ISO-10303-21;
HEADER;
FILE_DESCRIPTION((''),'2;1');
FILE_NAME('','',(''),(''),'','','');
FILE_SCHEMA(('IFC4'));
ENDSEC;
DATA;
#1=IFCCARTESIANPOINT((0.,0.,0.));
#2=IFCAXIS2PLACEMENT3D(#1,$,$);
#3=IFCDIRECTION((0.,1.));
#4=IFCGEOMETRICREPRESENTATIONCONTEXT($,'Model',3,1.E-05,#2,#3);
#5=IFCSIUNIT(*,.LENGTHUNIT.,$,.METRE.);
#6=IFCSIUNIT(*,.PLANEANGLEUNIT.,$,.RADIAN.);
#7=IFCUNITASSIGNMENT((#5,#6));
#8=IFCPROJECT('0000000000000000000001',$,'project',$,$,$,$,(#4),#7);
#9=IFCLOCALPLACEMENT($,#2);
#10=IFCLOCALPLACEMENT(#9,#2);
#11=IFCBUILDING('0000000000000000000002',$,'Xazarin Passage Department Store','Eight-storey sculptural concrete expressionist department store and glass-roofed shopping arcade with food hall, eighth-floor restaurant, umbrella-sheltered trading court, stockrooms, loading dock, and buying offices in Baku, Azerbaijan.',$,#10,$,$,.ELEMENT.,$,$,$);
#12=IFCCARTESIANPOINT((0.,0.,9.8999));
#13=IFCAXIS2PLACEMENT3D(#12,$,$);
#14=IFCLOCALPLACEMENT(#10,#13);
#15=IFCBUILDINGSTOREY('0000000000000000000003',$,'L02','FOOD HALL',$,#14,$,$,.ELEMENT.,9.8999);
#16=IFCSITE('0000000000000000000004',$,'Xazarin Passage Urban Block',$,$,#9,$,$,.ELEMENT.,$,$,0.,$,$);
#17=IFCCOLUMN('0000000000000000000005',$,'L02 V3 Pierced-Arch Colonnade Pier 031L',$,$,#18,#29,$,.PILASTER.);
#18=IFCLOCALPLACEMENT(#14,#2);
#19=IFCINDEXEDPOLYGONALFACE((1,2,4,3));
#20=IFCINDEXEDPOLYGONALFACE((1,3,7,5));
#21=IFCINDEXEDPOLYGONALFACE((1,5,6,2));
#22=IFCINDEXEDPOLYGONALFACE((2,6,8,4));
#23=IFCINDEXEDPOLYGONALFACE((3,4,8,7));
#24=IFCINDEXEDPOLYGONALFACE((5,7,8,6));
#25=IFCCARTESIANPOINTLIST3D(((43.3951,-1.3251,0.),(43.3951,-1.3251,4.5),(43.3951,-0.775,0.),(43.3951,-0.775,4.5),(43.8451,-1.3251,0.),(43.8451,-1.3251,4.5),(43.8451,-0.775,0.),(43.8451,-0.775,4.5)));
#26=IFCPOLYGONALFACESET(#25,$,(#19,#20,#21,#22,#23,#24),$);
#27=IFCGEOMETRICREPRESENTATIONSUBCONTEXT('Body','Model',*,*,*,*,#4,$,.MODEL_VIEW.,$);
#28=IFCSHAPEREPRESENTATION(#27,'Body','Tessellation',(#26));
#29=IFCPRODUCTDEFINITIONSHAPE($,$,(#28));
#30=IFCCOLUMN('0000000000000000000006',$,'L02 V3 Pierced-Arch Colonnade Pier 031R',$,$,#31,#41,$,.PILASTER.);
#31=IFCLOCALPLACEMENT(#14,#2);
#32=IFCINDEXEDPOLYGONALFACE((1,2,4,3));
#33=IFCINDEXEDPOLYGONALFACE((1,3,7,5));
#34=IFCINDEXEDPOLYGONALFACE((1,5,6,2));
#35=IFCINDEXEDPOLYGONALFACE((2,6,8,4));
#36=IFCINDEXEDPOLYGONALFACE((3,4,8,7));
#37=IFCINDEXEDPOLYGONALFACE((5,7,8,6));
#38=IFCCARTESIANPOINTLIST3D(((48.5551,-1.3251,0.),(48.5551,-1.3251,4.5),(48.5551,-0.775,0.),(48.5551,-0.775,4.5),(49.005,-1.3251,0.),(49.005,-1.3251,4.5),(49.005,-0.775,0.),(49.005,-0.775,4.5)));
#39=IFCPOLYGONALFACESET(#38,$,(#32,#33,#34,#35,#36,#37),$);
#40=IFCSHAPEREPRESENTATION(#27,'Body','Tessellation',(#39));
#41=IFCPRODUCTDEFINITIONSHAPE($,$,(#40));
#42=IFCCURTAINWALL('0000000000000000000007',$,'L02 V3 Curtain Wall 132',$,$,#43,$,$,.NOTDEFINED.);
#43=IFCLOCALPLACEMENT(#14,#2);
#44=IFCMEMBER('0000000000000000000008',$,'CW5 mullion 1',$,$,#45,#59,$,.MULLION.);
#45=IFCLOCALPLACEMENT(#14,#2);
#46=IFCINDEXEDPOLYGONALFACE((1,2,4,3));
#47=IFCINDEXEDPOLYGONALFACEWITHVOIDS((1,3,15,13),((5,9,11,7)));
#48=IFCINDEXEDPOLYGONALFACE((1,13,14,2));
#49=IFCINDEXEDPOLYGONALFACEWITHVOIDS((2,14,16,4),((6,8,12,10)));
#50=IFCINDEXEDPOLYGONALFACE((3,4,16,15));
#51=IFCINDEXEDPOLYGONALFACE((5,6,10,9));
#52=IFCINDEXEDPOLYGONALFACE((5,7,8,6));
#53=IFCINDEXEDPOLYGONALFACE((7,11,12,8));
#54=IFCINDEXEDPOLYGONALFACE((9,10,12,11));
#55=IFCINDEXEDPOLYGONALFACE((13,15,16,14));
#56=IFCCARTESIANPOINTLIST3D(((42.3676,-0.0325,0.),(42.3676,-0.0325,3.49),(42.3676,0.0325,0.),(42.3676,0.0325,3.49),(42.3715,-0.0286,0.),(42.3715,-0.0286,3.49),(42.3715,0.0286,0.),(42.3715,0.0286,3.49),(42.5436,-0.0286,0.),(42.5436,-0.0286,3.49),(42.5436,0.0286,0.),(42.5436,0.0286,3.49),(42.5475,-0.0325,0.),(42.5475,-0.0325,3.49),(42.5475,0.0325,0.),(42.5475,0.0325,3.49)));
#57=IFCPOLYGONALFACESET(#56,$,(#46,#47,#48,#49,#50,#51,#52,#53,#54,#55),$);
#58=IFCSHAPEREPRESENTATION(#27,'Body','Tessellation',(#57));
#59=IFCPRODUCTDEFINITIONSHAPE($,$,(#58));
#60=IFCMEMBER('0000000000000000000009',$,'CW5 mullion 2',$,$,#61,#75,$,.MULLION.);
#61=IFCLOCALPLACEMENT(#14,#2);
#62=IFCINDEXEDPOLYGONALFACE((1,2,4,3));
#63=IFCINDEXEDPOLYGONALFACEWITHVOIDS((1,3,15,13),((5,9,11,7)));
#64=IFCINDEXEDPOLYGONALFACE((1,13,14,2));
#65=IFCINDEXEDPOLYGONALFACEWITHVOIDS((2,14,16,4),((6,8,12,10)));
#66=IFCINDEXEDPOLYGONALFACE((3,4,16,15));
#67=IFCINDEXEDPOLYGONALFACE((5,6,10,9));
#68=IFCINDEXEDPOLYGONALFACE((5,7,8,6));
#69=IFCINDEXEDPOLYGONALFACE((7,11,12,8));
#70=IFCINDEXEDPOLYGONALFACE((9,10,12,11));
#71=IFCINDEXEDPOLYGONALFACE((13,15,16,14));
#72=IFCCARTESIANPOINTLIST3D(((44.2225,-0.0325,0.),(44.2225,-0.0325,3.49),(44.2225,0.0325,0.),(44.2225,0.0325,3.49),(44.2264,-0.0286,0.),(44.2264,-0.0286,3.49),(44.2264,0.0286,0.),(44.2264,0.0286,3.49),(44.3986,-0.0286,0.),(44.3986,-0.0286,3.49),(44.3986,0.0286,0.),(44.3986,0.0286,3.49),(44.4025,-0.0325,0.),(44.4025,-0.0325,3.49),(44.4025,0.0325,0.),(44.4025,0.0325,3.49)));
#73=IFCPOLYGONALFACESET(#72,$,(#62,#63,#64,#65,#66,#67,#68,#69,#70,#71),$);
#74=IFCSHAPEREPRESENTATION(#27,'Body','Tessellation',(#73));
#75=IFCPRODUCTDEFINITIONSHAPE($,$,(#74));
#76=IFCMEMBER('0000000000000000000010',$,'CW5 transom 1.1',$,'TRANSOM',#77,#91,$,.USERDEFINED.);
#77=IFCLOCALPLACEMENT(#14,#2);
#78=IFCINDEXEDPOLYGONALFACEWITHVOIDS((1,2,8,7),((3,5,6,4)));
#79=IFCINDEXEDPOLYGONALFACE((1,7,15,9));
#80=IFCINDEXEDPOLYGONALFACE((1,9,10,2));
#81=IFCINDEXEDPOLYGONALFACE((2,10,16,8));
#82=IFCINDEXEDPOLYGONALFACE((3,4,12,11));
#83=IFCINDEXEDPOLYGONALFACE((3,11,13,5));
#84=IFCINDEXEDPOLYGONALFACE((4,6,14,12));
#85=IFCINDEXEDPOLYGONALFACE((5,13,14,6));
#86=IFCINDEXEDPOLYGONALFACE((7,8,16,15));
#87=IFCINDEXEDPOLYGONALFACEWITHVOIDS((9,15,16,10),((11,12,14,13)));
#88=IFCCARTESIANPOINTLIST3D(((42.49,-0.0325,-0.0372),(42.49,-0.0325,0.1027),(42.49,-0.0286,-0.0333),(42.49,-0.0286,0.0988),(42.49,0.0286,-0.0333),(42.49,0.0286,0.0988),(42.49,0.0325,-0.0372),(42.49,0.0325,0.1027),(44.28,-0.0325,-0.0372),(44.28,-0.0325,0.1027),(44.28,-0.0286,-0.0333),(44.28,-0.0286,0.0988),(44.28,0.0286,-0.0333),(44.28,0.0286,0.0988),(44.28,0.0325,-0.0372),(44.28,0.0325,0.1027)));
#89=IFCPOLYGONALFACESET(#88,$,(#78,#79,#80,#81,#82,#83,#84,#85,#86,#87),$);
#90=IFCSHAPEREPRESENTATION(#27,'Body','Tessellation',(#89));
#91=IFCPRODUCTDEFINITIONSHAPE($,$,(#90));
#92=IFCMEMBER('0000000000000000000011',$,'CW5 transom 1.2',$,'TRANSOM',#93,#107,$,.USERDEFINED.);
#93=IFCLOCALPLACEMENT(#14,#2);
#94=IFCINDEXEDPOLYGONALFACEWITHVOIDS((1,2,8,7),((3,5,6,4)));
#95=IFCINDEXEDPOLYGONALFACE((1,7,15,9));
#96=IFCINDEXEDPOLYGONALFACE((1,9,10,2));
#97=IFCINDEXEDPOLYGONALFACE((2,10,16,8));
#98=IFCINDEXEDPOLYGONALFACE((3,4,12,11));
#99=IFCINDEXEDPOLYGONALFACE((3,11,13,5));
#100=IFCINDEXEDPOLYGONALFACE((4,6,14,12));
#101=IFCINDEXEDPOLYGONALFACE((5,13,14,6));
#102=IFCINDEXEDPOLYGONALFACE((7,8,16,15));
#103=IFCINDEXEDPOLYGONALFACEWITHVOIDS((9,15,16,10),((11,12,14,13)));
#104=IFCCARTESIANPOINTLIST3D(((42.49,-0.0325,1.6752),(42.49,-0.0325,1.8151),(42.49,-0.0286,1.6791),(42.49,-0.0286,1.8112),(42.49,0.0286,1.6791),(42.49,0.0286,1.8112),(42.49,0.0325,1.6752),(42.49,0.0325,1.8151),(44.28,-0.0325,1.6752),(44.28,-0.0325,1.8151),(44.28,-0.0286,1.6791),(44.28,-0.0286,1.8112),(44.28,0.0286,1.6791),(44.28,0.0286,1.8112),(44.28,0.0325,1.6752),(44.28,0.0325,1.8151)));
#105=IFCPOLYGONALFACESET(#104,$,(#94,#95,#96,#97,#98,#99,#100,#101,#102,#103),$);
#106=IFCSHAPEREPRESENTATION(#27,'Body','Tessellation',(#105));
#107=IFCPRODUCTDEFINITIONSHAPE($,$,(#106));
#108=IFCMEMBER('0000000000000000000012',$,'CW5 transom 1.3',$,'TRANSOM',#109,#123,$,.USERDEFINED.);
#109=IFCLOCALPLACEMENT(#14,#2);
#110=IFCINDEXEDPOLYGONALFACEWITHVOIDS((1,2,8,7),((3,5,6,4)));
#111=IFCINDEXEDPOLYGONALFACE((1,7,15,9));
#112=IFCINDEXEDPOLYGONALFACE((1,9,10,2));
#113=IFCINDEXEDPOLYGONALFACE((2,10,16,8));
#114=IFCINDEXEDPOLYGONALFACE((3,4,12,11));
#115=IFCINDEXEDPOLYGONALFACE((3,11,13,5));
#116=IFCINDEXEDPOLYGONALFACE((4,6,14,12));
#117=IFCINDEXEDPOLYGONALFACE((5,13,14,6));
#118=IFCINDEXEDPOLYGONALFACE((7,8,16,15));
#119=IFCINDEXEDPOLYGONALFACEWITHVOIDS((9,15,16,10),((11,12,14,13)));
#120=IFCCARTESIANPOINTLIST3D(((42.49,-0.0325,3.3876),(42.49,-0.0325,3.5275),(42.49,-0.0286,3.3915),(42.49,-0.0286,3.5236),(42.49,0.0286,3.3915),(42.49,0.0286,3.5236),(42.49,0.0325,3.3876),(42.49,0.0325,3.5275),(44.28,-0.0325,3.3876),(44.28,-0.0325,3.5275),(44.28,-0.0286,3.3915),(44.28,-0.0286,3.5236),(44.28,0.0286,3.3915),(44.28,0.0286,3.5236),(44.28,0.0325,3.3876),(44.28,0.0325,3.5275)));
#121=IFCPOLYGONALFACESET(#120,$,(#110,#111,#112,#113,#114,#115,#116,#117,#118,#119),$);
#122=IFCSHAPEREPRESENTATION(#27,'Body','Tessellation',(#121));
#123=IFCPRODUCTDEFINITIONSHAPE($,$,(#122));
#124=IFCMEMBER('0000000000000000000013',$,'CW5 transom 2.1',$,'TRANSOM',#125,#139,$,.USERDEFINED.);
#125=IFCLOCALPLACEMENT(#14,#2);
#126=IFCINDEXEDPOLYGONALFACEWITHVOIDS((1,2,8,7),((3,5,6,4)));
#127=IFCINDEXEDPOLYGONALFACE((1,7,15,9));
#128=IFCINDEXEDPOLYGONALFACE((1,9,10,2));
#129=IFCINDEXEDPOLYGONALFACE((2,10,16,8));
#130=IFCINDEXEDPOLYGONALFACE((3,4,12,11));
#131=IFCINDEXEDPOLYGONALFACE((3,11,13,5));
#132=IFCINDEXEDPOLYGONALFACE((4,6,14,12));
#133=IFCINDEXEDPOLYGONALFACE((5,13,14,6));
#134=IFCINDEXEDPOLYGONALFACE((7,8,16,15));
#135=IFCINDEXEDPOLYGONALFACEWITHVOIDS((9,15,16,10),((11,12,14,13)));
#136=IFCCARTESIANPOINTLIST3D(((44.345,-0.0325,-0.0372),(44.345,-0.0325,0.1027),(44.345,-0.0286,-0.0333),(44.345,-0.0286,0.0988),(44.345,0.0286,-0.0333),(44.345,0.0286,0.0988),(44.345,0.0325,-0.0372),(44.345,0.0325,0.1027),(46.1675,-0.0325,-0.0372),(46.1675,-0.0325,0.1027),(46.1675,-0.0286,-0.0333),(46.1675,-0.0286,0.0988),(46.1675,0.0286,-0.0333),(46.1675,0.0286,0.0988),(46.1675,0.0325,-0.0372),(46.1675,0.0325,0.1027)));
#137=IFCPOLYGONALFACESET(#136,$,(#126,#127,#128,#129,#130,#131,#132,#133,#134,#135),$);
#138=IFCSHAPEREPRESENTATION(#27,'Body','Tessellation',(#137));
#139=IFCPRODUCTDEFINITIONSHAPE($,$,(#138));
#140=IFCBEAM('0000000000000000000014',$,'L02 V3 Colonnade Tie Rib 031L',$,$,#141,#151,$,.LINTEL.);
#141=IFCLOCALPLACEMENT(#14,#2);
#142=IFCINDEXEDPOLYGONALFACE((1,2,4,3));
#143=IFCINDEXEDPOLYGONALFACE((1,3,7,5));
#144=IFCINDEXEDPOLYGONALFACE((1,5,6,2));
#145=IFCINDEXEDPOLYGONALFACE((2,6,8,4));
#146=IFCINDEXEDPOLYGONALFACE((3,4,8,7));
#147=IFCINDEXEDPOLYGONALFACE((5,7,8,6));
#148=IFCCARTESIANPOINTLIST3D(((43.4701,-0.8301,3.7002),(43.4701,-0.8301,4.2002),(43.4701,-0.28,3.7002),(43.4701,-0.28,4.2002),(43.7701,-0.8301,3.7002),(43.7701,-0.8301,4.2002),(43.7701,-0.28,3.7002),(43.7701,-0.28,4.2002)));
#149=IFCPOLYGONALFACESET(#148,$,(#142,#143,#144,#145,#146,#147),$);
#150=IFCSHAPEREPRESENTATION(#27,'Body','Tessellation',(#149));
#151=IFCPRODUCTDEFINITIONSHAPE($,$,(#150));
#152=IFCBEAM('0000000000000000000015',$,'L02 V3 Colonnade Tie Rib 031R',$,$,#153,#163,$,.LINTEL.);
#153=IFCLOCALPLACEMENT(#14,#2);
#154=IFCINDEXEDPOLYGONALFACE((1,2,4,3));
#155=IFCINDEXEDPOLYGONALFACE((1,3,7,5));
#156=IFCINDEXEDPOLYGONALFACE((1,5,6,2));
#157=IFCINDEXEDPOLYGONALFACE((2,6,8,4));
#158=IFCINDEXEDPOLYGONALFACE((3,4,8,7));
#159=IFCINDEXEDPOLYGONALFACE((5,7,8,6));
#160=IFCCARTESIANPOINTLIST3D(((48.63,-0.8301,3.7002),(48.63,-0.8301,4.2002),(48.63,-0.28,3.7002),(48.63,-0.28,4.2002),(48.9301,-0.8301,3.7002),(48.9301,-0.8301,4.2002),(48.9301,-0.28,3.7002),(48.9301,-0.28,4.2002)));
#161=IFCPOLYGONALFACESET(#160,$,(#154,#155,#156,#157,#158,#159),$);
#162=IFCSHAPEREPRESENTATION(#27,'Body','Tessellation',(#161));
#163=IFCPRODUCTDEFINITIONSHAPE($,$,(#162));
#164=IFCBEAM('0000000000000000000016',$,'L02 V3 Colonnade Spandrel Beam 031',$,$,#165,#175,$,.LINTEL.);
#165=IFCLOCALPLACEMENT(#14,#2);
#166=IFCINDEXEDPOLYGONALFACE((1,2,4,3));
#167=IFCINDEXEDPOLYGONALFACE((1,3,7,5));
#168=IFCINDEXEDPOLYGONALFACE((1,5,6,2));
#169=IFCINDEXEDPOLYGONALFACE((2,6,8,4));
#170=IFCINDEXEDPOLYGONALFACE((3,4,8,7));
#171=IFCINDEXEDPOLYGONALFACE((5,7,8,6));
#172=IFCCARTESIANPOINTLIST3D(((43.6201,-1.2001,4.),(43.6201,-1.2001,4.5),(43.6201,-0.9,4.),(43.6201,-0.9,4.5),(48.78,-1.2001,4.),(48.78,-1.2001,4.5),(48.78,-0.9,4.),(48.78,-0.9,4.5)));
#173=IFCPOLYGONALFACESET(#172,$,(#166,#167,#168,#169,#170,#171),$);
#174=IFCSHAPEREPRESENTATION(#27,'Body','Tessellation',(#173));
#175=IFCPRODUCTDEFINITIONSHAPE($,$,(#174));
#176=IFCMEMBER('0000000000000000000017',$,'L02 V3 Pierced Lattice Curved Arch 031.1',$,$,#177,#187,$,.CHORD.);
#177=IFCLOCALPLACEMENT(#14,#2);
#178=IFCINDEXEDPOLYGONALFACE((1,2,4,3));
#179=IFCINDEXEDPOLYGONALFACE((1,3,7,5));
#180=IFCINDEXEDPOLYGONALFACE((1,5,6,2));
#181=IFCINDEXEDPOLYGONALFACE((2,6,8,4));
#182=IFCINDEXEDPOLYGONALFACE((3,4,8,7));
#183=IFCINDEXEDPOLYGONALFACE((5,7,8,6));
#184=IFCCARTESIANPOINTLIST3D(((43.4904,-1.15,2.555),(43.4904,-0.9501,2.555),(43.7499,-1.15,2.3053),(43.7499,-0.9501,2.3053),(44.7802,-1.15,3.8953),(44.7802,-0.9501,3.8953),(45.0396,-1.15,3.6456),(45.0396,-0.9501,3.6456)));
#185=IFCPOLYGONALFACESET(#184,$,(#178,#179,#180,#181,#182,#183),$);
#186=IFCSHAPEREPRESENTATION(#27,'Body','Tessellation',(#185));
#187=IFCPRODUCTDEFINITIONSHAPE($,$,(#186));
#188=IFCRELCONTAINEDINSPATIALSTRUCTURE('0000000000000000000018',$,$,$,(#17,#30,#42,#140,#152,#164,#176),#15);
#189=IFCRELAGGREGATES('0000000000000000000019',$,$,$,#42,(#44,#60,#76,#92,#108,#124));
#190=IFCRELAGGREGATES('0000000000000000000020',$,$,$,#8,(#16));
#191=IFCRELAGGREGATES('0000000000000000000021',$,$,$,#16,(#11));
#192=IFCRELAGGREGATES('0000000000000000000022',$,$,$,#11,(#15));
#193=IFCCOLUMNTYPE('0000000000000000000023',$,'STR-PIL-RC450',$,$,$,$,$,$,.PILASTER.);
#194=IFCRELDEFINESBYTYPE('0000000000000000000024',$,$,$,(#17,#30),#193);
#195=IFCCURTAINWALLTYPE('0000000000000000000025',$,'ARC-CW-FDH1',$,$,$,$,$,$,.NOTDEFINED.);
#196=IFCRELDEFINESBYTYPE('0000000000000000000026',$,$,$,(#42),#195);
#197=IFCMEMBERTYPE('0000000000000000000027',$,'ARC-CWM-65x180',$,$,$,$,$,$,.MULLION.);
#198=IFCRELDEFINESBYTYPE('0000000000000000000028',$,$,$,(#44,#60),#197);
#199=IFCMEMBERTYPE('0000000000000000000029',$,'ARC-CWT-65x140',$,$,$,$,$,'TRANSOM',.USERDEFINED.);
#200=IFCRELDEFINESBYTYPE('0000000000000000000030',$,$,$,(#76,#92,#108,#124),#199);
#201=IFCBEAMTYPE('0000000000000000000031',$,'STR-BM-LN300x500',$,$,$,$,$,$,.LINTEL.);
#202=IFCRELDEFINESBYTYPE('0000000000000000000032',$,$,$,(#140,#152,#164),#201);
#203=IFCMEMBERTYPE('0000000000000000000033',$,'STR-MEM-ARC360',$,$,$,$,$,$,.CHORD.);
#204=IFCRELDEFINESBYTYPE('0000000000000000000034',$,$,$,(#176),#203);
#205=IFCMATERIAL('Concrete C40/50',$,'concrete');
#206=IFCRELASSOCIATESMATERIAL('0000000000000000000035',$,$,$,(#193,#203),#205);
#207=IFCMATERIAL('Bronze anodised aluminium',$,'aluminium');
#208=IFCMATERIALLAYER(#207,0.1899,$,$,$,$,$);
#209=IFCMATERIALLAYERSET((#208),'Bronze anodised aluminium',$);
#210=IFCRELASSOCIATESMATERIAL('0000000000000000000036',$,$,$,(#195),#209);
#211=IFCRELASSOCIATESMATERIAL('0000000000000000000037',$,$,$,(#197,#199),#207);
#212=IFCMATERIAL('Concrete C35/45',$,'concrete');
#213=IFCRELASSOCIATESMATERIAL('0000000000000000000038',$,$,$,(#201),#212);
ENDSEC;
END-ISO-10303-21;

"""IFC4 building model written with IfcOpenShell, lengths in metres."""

from ifc_helpers import new_model, si_unit, direction, frame, origin, origin_2d, place, context, subcontext, project, spatial, rectangle, hollow_rectangle, extrude, material, layer, layer_set, material_profile, profile_set, type_object, element, aggregate, save


model = new_model("IFC4")

# Units and contexts
model_context = context("Model", 3, precision=1e-05, world=origin(), true_north=direction((0.0, 1.0)))
body_context = subcontext(model_context, "Body", "Model", "MODEL_VIEW")
ifc_project = project(units=[si_unit("LENGTHUNIT", "METRE"), si_unit("PLANEANGLEUNIT", "RADIAN")], contexts=[model_context])

# Site, building, storey
site_placement = place(None, origin())
site = spatial("IfcSite", under=ifc_project, at=site_placement, Name="Xazarin Passage Urban Block", CompositionType="ELEMENT", RefElevation=0.0)
building_placement = place(site_placement, origin())
building = spatial("IfcBuilding", under=site, at=building_placement, Name="Xazarin Passage Department Store", Description="Eight-storey sculptural concrete expressionist department store and glass-roofed shopping arcade with food hall, eighth-floor restaurant, umbrella-sheltered trading court, stockrooms, loading dock, and buying offices in Baku, Azerbaijan.", CompositionType="ELEMENT")
storey_placement = place(building_placement, frame((0.0, 0.0, 9.8999)))
storey = spatial("IfcBuildingStorey", under=building, at=storey_placement, Name="L02", Description="FOOD HALL", CompositionType="ELEMENT", Elevation=9.8999)

# Columns
ifc_material_1 = material(Name="Concrete C40/50", Category="concrete")
ifc_material_profile_1 = material_profile(ifc_material_1, rectangle(XDim=0.45, YDim=0.55, at=origin_2d()), Name="RC 450x550")
ifc_profile_set_1 = profile_set([ifc_material_profile_1], Name="Concrete C40/50")
column_type = type_object("IfcColumnType", Name="STR-PIL-RC450", PredefinedType="PILASTER", material=ifc_profile_set_1)
for number, where, z_axis, x_axis, name in (
    (1, (43.6201, -1.05, 0.0), (0.0, 0.0, 1.0), (1.0, 0.0, 0.0), "L02 V3 Pierced-Arch Colonnade Pier 031L"),
    (2, (48.78, -1.05, 0.0), (0.0, 0.0, 1.0), (1.0, 0.0, 0.0), "L02 V3 Pierced-Arch Colonnade Pier 031R"),
):
    element("IfcColumn", number, at=place(storey_placement, frame(where, z_axis=z_axis, x_axis=x_axis)), inside=storey, type_object=column_type, Name=name, PredefinedType="PILASTER", context=body_context, shape_type="SweptSolid", body=[
        extrude(rectangle(XDim=0.45, YDim=0.55, at=origin_2d()), origin(), (0.0, 0.0, 1.0), 4.5),
    ])

# Curtain wall, members
ifc_material_2 = material(Name="Bronze anodised aluminium", Category="aluminium")
ifc_layer_1 = layer(ifc_material_2, 0.1899)
ifc_layer_set_1 = layer_set([ifc_layer_1], Name="Bronze anodised aluminium")
curtain_wall_type = type_object("IfcCurtainWallType", Name="ARC-CW-FDH1", PredefinedType="NOTDEFINED", material=ifc_layer_set_1)
curtain_wall_placement = place(storey_placement, origin())
curtain_wall = element("IfcCurtainWall", 3, at=curtain_wall_placement, inside=storey, type_object=curtain_wall_type, Name="L02 V3 Curtain Wall 132", PredefinedType="NOTDEFINED")
ifc_material_profile_2 = material_profile(ifc_material_2, hollow_rectangle(XDim=0.0649, YDim=0.1799, WallThickness=0.0039, at=origin_2d()), Name="ALU 65x180")
ifc_profile_set_2 = profile_set([ifc_material_profile_2], Name="Bronze anodised aluminium")
member_type_1 = type_object("IfcMemberType", Name="ARC-CWM-65x180", PredefinedType="MULLION", material=ifc_profile_set_2)
member_1_placement = place(storey_placement, frame((42.4575, 0.0, 0.0), z_axis=(0.0, 0.0, 1.0), x_axis=(0.0, 1.0, 0.0)))
member_1 = element("IfcMember", 4, at=member_1_placement, type_object=member_type_1, Name="CW5 mullion 1", PredefinedType="MULLION", context=body_context, shape_type="SweptSolid", body=[
    extrude(hollow_rectangle(XDim=0.0649, YDim=0.1799, WallThickness=0.0039, at=origin_2d()), origin(), (0.0, 0.0, 1.0), 3.49),
])
member_2_placement = place(storey_placement, frame((44.3125, 0.0, 0.0), z_axis=(0.0, 0.0, 1.0), x_axis=(0.0, 1.0, 0.0)))
member_2 = element("IfcMember", 5, at=member_2_placement, type_object=member_type_1, Name="CW5 mullion 2", PredefinedType="MULLION", context=body_context, shape_type="SweptSolid", body=[
    extrude(hollow_rectangle(XDim=0.0649, YDim=0.1799, WallThickness=0.0039, at=origin_2d()), origin(), (0.0, 0.0, 1.0), 3.49),
])
ifc_material_profile_3 = material_profile(ifc_material_2, hollow_rectangle(XDim=0.0649, YDim=0.1399, WallThickness=0.0039, at=origin_2d()), Name="ALU 65x140")
ifc_profile_set_3 = profile_set([ifc_material_profile_3], Name="Bronze anodised aluminium")
member_type_2 = type_object("IfcMemberType", Name="ARC-CWT-65x140", ElementType="TRANSOM", PredefinedType="USERDEFINED", material=ifc_profile_set_3)
member_3_placement = place(storey_placement, frame((42.49, 0.0, 0.0327), z_axis=(1.0, 0.0, 0.0), x_axis=(0.0, 1.0, 0.0)))
member_3 = element("IfcMember", 6, at=member_3_placement, type_object=member_type_2, Name="CW5 transom 1.1", ObjectType="TRANSOM", PredefinedType="USERDEFINED", context=body_context, shape_type="SweptSolid", body=[
    extrude(hollow_rectangle(XDim=0.0649, YDim=0.1399, WallThickness=0.0039, at=origin_2d()), origin(), (0.0, 0.0, 1.0), 1.79),
])
member_4_placement = place(storey_placement, frame((42.49, 0.0, 1.7451), z_axis=(1.0, 0.0, 0.0), x_axis=(0.0, 1.0, 0.0)))
member_4 = element("IfcMember", 7, at=member_4_placement, type_object=member_type_2, Name="CW5 transom 1.2", ObjectType="TRANSOM", PredefinedType="USERDEFINED", context=body_context, shape_type="SweptSolid", body=[
    extrude(hollow_rectangle(XDim=0.0649, YDim=0.1399, WallThickness=0.0039, at=origin_2d()), origin(), (0.0, 0.0, 1.0), 1.79),
])
member_5_placement = place(storey_placement, frame((42.49, 0.0, 3.4575), z_axis=(1.0, 0.0, 0.0), x_axis=(0.0, 1.0, 0.0)))
member_5 = element("IfcMember", 8, at=member_5_placement, type_object=member_type_2, Name="CW5 transom 1.3", ObjectType="TRANSOM", PredefinedType="USERDEFINED", context=body_context, shape_type="SweptSolid", body=[
    extrude(hollow_rectangle(XDim=0.0649, YDim=0.1399, WallThickness=0.0039, at=origin_2d()), origin(), (0.0, 0.0, 1.0), 1.79),
])
member_6_placement = place(storey_placement, frame((44.345, 0.0, 0.0327), z_axis=(1.0, 0.0, 0.0), x_axis=(0.0, 1.0, 0.0)))
member_6 = element("IfcMember", 9, at=member_6_placement, type_object=member_type_2, Name="CW5 transom 2.1", ObjectType="TRANSOM", PredefinedType="USERDEFINED", context=body_context, shape_type="SweptSolid", body=[
    extrude(hollow_rectangle(XDim=0.0649, YDim=0.1399, WallThickness=0.0039, at=origin_2d()), origin(), (0.0, 0.0, 1.0), 1.8225),
])

# Beams
ifc_material_3 = material(Name="Concrete C35/45", Category="concrete")
ifc_material_profile_4 = material_profile(ifc_material_3, rectangle(XDim=0.3, YDim=0.5, at=origin_2d()), Name="RC 300x500")
ifc_profile_set_4 = profile_set([ifc_material_profile_4], Name="Concrete C35/45")
beam_type = type_object("IfcBeamType", Name="STR-BM-LN300x500", PredefinedType="LINTEL", material=ifc_profile_set_4)
for number, where, z_axis, x_axis, name in (
    (10, (43.6201, -0.28, 3.9502), (0.0, -1.0, 0.0), (1.0, 0.0, 0.0), "L02 V3 Colonnade Tie Rib 031L"),
    (11, (48.78, -0.28, 3.9502), (0.0, -1.0, 0.0), (1.0, 0.0, 0.0), "L02 V3 Colonnade Tie Rib 031R"),
):
    element("IfcBeam", number, at=place(storey_placement, frame(where, z_axis=z_axis, x_axis=x_axis)), inside=storey, type_object=beam_type, Name=name, PredefinedType="LINTEL", context=body_context, shape_type="SweptSolid", body=[
        extrude(rectangle(XDim=0.3, YDim=0.5, at=origin_2d()), origin(), (0.0, 0.0, 1.0), 0.55),
    ])
beam_placement = place(storey_placement, frame((43.6201, -1.05, 4.25), z_axis=(1.0, 0.0, 0.0), x_axis=(0.0, 1.0, 0.0)))
element("IfcBeam", 12, at=beam_placement, inside=storey, type_object=beam_type, Name="L02 V3 Colonnade Spandrel Beam 031", PredefinedType="LINTEL", context=body_context, shape_type="SweptSolid", body=[
    extrude(rectangle(XDim=0.3, YDim=0.5, at=origin_2d()), origin(), (0.0, 0.0, 1.0), 5.1599),
])

# Member
ifc_material_profile_5 = material_profile(ifc_material_1, rectangle(XDim=0.2, YDim=0.3601, at=origin_2d()), Name="RC 200x360")
ifc_profile_set_5 = profile_set([ifc_material_profile_5], Name="Concrete C40/50")
member_type_3 = type_object("IfcMemberType", Name="STR-MEM-ARC360", PredefinedType="CHORD", material=ifc_profile_set_5)
member_7_placement = place(storey_placement, frame((43.6201, -1.05, 2.4302), z_axis=(0.693392, 0.0, 0.720561), x_axis=(0.0, 1.0, 0.0)))
element("IfcMember", 13, at=member_7_placement, inside=storey, type_object=member_type_3, Name="L02 V3 Pierced Lattice Curved Arch 031.1", PredefinedType="CHORD", context=body_context, shape_type="SweptSolid", body=[
    extrude(rectangle(XDim=0.2, YDim=0.3601, at=origin_2d()), origin(), (0.0, 0.0, 1.0), 1.8601),
])

aggregate(curtain_wall, [member_1, member_2, member_3, member_4, member_5, member_6])

save(model, "model.ifc")
